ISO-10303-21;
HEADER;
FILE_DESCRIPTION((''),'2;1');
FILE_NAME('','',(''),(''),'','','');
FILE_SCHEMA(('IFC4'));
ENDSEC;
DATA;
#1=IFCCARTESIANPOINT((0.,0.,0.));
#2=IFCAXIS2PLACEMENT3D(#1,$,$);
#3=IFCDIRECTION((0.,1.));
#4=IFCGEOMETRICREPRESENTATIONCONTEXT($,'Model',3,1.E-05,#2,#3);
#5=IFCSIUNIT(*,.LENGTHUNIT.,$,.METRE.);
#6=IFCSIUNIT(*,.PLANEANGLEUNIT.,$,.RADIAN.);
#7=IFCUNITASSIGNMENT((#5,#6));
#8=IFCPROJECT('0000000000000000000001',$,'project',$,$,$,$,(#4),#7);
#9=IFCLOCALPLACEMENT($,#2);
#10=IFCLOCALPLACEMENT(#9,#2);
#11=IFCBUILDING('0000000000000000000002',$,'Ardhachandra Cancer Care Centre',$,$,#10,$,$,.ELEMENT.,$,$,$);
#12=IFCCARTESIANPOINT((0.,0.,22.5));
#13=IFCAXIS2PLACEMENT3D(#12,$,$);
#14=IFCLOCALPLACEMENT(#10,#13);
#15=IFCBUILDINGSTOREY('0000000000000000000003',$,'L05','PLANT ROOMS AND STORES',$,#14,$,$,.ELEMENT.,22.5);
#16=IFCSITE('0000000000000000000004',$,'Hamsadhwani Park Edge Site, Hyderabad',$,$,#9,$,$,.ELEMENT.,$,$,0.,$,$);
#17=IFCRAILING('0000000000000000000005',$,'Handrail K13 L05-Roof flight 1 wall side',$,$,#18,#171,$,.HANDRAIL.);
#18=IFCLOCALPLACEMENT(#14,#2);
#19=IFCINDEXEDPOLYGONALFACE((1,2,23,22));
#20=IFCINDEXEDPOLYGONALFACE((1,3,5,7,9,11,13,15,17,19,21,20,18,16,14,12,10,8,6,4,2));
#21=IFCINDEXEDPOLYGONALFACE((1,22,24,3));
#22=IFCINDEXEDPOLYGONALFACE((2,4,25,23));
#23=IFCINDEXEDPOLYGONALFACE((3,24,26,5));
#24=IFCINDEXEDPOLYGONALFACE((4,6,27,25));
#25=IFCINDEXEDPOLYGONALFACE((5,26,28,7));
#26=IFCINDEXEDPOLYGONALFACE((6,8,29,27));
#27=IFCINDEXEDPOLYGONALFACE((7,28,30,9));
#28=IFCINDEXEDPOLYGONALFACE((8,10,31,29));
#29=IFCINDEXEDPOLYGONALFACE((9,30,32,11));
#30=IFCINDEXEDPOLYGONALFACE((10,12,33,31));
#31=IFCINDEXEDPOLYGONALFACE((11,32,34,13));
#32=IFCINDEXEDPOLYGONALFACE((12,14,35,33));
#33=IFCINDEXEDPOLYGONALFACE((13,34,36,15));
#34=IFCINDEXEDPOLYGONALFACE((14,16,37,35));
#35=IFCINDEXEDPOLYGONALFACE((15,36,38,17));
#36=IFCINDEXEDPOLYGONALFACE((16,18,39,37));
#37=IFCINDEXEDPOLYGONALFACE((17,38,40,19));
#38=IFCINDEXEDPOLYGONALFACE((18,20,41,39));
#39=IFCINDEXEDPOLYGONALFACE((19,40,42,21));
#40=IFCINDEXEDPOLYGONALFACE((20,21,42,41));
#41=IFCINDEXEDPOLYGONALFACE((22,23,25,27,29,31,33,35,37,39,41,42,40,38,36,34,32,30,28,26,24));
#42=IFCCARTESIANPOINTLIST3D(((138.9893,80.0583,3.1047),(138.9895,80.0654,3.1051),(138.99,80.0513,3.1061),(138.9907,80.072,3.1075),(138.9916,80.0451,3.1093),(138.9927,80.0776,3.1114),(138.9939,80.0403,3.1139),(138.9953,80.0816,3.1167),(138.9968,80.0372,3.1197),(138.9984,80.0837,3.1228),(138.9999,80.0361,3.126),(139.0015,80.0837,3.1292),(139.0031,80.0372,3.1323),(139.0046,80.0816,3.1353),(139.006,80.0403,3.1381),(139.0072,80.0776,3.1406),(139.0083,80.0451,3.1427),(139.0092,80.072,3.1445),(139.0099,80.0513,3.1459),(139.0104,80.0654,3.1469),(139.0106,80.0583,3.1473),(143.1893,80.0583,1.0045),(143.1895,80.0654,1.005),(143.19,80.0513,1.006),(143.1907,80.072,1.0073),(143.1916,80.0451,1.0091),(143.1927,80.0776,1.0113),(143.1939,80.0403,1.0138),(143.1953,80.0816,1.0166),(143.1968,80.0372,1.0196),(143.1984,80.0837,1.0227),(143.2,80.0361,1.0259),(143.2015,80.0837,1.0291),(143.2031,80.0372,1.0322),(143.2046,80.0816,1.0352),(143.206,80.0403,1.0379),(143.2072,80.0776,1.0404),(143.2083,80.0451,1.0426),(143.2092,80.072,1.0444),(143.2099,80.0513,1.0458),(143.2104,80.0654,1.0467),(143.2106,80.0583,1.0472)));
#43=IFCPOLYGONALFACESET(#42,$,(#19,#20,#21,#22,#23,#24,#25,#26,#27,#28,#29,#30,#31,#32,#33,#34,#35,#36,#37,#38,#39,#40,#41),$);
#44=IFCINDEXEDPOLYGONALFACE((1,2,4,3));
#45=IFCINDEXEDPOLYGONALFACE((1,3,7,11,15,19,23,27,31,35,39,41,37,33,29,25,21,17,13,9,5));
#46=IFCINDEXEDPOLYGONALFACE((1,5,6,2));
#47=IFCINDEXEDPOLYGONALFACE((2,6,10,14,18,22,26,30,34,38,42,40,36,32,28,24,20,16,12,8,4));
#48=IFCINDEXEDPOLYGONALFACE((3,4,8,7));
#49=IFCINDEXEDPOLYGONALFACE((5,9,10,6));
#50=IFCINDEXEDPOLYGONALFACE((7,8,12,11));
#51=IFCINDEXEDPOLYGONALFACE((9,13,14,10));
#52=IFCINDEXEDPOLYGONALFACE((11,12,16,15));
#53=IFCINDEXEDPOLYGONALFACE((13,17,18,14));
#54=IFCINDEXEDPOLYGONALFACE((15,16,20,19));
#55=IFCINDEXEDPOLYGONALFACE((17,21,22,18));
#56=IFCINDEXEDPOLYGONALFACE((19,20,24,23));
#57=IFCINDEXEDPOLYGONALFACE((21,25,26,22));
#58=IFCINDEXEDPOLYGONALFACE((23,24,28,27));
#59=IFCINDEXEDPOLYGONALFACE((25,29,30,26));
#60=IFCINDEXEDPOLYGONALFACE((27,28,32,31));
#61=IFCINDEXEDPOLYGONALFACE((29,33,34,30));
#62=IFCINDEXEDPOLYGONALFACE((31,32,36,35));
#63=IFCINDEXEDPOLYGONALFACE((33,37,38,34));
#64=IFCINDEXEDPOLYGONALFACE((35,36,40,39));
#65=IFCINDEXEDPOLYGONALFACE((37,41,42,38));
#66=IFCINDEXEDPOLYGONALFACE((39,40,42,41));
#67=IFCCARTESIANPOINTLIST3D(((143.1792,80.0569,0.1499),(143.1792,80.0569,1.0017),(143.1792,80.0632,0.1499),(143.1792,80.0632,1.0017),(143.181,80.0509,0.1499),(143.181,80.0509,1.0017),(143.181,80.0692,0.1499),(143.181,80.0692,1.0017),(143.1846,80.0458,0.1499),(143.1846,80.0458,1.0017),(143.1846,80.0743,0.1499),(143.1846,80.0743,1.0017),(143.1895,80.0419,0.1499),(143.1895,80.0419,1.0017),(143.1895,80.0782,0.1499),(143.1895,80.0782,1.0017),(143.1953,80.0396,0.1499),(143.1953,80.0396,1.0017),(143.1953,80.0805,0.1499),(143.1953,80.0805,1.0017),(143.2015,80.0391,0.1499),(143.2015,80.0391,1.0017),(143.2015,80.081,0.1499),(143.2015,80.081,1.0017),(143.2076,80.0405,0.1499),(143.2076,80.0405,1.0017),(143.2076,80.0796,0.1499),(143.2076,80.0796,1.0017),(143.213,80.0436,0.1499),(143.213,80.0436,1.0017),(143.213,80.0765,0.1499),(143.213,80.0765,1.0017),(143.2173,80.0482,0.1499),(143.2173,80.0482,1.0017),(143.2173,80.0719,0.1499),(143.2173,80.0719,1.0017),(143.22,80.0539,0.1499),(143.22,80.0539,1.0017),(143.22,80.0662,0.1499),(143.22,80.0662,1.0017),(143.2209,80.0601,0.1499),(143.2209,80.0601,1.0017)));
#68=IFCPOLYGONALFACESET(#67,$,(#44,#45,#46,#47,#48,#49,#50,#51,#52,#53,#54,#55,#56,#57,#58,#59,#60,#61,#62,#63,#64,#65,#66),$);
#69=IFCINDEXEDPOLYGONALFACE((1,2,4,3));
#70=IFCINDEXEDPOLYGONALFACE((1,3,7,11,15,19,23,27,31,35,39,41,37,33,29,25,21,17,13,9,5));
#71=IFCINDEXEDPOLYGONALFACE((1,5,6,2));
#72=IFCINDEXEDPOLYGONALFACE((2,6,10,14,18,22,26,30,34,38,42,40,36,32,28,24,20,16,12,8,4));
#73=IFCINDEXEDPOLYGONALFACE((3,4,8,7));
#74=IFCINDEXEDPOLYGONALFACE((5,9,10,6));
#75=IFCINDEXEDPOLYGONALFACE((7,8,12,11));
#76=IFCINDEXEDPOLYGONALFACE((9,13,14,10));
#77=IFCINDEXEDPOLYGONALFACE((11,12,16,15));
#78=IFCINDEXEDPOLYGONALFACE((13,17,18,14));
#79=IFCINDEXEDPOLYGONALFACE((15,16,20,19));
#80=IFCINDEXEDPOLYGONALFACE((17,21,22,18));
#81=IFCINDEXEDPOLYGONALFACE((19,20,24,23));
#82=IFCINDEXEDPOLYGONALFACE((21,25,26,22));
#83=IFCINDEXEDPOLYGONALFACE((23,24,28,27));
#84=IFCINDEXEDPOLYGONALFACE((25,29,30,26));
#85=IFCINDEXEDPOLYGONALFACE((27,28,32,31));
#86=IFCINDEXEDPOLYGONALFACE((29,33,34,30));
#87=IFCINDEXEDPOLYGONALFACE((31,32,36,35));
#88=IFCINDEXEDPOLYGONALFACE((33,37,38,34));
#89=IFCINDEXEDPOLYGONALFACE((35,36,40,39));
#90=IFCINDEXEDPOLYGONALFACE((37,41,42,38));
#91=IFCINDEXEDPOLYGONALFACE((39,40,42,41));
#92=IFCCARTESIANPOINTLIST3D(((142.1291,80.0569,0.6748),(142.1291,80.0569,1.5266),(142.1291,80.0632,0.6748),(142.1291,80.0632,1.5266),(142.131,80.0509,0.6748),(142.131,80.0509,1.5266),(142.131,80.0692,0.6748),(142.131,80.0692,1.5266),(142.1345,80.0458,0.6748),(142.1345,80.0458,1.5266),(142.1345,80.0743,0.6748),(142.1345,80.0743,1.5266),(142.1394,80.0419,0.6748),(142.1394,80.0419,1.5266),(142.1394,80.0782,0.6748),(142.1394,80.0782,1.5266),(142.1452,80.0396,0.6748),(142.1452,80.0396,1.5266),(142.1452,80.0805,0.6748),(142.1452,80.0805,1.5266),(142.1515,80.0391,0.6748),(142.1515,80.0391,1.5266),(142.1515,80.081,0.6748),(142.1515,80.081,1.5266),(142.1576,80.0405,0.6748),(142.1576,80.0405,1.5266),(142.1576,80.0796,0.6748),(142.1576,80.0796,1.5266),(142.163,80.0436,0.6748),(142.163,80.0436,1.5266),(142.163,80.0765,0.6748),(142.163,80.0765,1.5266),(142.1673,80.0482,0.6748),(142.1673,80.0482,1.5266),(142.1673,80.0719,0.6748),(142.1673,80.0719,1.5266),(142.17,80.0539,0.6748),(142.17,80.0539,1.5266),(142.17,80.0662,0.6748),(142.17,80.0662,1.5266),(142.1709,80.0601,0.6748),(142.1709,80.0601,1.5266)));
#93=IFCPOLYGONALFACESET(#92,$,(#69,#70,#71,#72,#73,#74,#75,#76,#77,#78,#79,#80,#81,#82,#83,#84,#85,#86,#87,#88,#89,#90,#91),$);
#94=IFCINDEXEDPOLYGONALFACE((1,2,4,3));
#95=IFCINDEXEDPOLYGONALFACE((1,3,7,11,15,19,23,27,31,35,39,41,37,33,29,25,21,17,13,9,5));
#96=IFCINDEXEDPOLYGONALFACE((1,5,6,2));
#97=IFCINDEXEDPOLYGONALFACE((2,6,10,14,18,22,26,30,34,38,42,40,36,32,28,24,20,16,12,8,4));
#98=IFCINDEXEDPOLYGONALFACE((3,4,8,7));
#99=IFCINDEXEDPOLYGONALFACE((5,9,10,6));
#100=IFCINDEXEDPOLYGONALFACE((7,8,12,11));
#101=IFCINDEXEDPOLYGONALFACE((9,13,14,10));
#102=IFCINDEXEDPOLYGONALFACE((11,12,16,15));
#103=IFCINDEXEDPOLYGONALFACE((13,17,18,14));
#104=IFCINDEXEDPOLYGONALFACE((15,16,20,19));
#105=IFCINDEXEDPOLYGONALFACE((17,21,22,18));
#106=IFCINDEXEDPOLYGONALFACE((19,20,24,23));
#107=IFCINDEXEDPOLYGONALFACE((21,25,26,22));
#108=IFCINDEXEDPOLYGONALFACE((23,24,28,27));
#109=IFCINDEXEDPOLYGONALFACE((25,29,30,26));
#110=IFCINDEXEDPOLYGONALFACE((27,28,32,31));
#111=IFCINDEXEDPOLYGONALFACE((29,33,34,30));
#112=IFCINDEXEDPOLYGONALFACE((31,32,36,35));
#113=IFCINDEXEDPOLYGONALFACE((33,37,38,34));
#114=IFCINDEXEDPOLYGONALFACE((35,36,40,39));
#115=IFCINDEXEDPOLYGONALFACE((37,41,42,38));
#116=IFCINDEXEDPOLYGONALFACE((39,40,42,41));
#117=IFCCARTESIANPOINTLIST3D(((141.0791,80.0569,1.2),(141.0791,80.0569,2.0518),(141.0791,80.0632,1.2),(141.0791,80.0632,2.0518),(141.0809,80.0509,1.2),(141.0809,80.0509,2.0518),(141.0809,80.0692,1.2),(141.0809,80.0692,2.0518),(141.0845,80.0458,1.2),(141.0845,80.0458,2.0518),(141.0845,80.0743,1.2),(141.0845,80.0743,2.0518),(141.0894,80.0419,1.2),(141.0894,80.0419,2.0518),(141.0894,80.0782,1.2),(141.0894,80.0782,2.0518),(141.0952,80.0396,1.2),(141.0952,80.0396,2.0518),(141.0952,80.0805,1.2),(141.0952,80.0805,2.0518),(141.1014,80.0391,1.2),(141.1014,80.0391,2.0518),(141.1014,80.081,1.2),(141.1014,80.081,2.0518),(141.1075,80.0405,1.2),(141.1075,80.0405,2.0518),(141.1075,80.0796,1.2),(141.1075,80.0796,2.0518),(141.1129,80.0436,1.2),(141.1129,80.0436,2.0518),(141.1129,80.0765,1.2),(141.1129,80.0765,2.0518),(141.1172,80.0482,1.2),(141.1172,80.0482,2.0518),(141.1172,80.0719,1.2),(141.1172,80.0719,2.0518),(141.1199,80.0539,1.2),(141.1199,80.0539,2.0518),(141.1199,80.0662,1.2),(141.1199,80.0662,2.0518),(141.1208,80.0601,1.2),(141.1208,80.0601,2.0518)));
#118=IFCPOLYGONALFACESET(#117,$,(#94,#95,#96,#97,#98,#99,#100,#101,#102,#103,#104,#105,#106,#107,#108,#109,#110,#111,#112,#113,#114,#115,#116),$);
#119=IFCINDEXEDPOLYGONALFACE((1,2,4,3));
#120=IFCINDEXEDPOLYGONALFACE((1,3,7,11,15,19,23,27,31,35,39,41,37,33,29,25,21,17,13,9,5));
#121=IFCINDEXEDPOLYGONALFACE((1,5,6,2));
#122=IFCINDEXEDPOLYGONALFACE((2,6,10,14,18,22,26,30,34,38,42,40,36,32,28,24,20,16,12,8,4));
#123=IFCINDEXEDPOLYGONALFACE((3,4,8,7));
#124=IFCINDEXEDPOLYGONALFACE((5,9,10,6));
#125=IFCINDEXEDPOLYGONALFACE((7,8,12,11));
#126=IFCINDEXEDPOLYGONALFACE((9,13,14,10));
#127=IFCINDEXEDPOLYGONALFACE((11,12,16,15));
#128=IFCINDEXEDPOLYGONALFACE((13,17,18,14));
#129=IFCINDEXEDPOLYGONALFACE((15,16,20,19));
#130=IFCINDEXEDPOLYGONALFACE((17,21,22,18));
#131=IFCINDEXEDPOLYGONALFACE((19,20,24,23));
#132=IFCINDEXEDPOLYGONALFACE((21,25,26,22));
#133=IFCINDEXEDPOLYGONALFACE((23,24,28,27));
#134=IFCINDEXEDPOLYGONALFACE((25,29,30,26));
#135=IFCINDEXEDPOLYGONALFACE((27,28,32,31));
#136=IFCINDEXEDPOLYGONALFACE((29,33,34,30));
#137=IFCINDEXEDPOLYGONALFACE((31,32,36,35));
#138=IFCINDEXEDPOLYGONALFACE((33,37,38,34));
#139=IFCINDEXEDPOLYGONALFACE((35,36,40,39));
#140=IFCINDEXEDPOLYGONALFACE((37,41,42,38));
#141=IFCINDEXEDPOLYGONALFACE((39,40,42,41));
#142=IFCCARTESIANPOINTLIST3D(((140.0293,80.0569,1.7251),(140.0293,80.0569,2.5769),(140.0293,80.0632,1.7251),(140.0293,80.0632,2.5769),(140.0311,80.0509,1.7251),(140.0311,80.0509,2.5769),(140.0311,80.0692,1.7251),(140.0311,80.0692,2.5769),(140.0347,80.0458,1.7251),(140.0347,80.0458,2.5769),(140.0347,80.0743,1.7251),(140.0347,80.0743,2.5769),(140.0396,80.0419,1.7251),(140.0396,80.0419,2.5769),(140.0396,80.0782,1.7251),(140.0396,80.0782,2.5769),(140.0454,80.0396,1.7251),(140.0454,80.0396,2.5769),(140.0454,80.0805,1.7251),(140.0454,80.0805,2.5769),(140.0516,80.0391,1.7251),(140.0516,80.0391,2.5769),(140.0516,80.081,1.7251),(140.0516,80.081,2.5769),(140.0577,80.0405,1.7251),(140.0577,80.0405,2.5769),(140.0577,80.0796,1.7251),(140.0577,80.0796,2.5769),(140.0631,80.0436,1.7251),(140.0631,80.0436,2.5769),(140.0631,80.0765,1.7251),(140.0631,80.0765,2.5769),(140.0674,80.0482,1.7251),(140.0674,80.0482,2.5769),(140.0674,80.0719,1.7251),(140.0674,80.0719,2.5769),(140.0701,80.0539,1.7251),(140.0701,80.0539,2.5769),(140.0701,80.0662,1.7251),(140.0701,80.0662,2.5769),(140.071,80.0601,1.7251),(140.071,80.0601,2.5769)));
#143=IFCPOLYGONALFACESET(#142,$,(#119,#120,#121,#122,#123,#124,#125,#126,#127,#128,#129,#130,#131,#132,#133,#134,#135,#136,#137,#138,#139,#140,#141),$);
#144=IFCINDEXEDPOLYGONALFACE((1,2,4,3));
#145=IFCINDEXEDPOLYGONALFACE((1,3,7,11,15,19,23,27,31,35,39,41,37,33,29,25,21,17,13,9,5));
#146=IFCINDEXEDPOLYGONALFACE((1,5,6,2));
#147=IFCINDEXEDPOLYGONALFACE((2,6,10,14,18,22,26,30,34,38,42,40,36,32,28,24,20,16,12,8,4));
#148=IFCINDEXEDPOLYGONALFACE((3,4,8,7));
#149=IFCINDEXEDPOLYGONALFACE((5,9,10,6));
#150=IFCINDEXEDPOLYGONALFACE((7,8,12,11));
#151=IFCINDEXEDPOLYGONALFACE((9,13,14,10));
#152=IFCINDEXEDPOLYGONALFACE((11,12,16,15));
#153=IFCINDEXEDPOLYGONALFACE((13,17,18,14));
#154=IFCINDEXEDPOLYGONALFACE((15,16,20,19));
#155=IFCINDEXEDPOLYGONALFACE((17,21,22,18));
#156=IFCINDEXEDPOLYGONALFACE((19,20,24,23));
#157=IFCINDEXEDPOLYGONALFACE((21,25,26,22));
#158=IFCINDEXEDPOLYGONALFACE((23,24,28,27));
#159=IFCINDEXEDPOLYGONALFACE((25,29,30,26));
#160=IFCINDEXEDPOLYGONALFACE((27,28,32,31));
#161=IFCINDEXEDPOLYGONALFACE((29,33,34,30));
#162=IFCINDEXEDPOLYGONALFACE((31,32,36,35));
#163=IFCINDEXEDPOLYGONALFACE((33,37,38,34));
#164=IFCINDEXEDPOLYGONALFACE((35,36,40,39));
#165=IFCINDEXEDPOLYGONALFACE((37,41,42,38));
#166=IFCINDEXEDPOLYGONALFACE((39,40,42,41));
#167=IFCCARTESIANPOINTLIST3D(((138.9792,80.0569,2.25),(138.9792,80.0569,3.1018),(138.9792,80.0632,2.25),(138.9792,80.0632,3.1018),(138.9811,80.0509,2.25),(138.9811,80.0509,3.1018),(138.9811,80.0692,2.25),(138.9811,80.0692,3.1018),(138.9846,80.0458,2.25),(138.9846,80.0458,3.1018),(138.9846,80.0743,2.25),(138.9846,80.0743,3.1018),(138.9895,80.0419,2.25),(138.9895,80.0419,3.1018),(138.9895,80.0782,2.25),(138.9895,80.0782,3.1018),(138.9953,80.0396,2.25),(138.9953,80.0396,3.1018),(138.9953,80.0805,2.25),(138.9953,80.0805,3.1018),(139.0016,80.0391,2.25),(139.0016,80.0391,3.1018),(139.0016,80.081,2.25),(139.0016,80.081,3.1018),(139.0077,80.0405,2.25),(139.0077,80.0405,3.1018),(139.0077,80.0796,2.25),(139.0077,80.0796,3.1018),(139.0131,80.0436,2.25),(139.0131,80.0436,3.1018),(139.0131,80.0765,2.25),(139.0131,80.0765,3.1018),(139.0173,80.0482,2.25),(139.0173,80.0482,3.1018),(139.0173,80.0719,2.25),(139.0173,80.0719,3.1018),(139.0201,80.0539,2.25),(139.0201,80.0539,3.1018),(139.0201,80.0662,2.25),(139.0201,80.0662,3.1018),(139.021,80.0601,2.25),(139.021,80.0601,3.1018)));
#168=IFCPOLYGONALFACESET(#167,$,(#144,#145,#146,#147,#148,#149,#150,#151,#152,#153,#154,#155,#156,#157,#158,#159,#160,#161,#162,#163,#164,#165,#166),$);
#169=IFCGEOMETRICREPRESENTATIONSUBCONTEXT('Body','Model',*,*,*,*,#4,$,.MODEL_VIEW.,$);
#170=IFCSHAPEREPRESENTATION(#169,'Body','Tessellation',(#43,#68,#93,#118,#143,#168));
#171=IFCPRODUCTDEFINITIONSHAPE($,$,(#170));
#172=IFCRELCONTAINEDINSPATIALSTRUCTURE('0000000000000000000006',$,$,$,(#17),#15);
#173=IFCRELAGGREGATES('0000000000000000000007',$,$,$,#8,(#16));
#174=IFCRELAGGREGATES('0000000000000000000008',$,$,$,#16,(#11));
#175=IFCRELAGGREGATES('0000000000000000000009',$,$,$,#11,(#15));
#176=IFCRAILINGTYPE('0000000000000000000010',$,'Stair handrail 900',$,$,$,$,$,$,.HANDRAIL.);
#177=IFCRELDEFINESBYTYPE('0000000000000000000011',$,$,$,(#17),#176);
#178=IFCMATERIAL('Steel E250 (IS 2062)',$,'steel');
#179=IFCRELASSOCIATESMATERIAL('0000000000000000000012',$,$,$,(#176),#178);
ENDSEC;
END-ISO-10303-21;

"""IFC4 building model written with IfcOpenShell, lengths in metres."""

from ifc_helpers import new_model, si_unit, direction, frame, origin, origin_2d, place, context, subcontext, project, spatial, circle, extrude, material, type_object, element, save


model = new_model("IFC4")

# Units and contexts
model_context = context("Model", 3, precision=1e-05, world=origin(), true_north=direction((0.0, 1.0)))
body_context = subcontext(model_context, "Body", "Model", "MODEL_VIEW")
ifc_project = project(units=[si_unit("LENGTHUNIT", "METRE"), si_unit("PLANEANGLEUNIT", "RADIAN")], contexts=[model_context])

# Site, building, storey
site_placement = place(None, origin())
site = spatial("IfcSite", under=ifc_project, at=site_placement, Name="Hamsadhwani Park Edge Site, Hyderabad", CompositionType="ELEMENT", RefElevation=0.0)
building_placement = place(site_placement, origin())
building = spatial("IfcBuilding", under=site, at=building_placement, Name="Ardhachandra Cancer Care Centre", CompositionType="ELEMENT")
storey_placement = place(building_placement, frame((0.0, 0.0, 22.5)))
storey = spatial("IfcBuildingStorey", under=building, at=storey_placement, Name="L05", Description="PLANT ROOMS AND STORES", CompositionType="ELEMENT", Elevation=22.5)

# Railing
ifc_material_1 = material(Name="Steel E250 (IS 2062)", Category="steel")
railing_type_1 = type_object("IfcRailingType", Name="Stair handrail 900", PredefinedType="HANDRAIL", material=ifc_material_1)
for number, where, name in (
    (1, (143.2, 80.0601, 0.1499), "Handrail K13 L05-Roof flight 1 wall side"),
):
    element("IfcRailing", number, at=place(storey_placement, frame(where)), inside=storey, type_object=railing_type_1, Name=name, PredefinedType="HANDRAIL", context=body_context, shape_type="SweptSolid", body=[
        extrude(circle(Radius=0.0239, at=origin_2d()), frame((0.0, 0.0, 0.876), z_axis=(-0.894417, 0.0, 0.447234), x_axis=(0.0, -1.0, 0.0)), (0.0, 0.0, 1.0), 4.6958),
        extrude(circle(Radius=0.021, at=origin_2d()), origin(), (0.0, 0.0, 1.0), 0.8518),
        extrude(circle(Radius=0.021, at=origin_2d()), frame((-1.05, 0.0, 0.5249)), (0.0, 0.0, 1.0), 0.8518),
        extrude(circle(Radius=0.021, at=origin_2d()), frame((-2.1001, 0.0, 1.05)), (0.0, 0.0, 1.0), 0.8518),
        extrude(circle(Radius=0.021, at=origin_2d()), frame((-3.1499, 0.0, 1.5752)), (0.0, 0.0, 1.0), 0.8518),
        extrude(circle(Radius=0.021, at=origin_2d()), frame((-4.2, 0.0, 2.1001)), (0.0, 0.0, 1.0), 0.8518),
    ])

save(model, "model.ifc")
